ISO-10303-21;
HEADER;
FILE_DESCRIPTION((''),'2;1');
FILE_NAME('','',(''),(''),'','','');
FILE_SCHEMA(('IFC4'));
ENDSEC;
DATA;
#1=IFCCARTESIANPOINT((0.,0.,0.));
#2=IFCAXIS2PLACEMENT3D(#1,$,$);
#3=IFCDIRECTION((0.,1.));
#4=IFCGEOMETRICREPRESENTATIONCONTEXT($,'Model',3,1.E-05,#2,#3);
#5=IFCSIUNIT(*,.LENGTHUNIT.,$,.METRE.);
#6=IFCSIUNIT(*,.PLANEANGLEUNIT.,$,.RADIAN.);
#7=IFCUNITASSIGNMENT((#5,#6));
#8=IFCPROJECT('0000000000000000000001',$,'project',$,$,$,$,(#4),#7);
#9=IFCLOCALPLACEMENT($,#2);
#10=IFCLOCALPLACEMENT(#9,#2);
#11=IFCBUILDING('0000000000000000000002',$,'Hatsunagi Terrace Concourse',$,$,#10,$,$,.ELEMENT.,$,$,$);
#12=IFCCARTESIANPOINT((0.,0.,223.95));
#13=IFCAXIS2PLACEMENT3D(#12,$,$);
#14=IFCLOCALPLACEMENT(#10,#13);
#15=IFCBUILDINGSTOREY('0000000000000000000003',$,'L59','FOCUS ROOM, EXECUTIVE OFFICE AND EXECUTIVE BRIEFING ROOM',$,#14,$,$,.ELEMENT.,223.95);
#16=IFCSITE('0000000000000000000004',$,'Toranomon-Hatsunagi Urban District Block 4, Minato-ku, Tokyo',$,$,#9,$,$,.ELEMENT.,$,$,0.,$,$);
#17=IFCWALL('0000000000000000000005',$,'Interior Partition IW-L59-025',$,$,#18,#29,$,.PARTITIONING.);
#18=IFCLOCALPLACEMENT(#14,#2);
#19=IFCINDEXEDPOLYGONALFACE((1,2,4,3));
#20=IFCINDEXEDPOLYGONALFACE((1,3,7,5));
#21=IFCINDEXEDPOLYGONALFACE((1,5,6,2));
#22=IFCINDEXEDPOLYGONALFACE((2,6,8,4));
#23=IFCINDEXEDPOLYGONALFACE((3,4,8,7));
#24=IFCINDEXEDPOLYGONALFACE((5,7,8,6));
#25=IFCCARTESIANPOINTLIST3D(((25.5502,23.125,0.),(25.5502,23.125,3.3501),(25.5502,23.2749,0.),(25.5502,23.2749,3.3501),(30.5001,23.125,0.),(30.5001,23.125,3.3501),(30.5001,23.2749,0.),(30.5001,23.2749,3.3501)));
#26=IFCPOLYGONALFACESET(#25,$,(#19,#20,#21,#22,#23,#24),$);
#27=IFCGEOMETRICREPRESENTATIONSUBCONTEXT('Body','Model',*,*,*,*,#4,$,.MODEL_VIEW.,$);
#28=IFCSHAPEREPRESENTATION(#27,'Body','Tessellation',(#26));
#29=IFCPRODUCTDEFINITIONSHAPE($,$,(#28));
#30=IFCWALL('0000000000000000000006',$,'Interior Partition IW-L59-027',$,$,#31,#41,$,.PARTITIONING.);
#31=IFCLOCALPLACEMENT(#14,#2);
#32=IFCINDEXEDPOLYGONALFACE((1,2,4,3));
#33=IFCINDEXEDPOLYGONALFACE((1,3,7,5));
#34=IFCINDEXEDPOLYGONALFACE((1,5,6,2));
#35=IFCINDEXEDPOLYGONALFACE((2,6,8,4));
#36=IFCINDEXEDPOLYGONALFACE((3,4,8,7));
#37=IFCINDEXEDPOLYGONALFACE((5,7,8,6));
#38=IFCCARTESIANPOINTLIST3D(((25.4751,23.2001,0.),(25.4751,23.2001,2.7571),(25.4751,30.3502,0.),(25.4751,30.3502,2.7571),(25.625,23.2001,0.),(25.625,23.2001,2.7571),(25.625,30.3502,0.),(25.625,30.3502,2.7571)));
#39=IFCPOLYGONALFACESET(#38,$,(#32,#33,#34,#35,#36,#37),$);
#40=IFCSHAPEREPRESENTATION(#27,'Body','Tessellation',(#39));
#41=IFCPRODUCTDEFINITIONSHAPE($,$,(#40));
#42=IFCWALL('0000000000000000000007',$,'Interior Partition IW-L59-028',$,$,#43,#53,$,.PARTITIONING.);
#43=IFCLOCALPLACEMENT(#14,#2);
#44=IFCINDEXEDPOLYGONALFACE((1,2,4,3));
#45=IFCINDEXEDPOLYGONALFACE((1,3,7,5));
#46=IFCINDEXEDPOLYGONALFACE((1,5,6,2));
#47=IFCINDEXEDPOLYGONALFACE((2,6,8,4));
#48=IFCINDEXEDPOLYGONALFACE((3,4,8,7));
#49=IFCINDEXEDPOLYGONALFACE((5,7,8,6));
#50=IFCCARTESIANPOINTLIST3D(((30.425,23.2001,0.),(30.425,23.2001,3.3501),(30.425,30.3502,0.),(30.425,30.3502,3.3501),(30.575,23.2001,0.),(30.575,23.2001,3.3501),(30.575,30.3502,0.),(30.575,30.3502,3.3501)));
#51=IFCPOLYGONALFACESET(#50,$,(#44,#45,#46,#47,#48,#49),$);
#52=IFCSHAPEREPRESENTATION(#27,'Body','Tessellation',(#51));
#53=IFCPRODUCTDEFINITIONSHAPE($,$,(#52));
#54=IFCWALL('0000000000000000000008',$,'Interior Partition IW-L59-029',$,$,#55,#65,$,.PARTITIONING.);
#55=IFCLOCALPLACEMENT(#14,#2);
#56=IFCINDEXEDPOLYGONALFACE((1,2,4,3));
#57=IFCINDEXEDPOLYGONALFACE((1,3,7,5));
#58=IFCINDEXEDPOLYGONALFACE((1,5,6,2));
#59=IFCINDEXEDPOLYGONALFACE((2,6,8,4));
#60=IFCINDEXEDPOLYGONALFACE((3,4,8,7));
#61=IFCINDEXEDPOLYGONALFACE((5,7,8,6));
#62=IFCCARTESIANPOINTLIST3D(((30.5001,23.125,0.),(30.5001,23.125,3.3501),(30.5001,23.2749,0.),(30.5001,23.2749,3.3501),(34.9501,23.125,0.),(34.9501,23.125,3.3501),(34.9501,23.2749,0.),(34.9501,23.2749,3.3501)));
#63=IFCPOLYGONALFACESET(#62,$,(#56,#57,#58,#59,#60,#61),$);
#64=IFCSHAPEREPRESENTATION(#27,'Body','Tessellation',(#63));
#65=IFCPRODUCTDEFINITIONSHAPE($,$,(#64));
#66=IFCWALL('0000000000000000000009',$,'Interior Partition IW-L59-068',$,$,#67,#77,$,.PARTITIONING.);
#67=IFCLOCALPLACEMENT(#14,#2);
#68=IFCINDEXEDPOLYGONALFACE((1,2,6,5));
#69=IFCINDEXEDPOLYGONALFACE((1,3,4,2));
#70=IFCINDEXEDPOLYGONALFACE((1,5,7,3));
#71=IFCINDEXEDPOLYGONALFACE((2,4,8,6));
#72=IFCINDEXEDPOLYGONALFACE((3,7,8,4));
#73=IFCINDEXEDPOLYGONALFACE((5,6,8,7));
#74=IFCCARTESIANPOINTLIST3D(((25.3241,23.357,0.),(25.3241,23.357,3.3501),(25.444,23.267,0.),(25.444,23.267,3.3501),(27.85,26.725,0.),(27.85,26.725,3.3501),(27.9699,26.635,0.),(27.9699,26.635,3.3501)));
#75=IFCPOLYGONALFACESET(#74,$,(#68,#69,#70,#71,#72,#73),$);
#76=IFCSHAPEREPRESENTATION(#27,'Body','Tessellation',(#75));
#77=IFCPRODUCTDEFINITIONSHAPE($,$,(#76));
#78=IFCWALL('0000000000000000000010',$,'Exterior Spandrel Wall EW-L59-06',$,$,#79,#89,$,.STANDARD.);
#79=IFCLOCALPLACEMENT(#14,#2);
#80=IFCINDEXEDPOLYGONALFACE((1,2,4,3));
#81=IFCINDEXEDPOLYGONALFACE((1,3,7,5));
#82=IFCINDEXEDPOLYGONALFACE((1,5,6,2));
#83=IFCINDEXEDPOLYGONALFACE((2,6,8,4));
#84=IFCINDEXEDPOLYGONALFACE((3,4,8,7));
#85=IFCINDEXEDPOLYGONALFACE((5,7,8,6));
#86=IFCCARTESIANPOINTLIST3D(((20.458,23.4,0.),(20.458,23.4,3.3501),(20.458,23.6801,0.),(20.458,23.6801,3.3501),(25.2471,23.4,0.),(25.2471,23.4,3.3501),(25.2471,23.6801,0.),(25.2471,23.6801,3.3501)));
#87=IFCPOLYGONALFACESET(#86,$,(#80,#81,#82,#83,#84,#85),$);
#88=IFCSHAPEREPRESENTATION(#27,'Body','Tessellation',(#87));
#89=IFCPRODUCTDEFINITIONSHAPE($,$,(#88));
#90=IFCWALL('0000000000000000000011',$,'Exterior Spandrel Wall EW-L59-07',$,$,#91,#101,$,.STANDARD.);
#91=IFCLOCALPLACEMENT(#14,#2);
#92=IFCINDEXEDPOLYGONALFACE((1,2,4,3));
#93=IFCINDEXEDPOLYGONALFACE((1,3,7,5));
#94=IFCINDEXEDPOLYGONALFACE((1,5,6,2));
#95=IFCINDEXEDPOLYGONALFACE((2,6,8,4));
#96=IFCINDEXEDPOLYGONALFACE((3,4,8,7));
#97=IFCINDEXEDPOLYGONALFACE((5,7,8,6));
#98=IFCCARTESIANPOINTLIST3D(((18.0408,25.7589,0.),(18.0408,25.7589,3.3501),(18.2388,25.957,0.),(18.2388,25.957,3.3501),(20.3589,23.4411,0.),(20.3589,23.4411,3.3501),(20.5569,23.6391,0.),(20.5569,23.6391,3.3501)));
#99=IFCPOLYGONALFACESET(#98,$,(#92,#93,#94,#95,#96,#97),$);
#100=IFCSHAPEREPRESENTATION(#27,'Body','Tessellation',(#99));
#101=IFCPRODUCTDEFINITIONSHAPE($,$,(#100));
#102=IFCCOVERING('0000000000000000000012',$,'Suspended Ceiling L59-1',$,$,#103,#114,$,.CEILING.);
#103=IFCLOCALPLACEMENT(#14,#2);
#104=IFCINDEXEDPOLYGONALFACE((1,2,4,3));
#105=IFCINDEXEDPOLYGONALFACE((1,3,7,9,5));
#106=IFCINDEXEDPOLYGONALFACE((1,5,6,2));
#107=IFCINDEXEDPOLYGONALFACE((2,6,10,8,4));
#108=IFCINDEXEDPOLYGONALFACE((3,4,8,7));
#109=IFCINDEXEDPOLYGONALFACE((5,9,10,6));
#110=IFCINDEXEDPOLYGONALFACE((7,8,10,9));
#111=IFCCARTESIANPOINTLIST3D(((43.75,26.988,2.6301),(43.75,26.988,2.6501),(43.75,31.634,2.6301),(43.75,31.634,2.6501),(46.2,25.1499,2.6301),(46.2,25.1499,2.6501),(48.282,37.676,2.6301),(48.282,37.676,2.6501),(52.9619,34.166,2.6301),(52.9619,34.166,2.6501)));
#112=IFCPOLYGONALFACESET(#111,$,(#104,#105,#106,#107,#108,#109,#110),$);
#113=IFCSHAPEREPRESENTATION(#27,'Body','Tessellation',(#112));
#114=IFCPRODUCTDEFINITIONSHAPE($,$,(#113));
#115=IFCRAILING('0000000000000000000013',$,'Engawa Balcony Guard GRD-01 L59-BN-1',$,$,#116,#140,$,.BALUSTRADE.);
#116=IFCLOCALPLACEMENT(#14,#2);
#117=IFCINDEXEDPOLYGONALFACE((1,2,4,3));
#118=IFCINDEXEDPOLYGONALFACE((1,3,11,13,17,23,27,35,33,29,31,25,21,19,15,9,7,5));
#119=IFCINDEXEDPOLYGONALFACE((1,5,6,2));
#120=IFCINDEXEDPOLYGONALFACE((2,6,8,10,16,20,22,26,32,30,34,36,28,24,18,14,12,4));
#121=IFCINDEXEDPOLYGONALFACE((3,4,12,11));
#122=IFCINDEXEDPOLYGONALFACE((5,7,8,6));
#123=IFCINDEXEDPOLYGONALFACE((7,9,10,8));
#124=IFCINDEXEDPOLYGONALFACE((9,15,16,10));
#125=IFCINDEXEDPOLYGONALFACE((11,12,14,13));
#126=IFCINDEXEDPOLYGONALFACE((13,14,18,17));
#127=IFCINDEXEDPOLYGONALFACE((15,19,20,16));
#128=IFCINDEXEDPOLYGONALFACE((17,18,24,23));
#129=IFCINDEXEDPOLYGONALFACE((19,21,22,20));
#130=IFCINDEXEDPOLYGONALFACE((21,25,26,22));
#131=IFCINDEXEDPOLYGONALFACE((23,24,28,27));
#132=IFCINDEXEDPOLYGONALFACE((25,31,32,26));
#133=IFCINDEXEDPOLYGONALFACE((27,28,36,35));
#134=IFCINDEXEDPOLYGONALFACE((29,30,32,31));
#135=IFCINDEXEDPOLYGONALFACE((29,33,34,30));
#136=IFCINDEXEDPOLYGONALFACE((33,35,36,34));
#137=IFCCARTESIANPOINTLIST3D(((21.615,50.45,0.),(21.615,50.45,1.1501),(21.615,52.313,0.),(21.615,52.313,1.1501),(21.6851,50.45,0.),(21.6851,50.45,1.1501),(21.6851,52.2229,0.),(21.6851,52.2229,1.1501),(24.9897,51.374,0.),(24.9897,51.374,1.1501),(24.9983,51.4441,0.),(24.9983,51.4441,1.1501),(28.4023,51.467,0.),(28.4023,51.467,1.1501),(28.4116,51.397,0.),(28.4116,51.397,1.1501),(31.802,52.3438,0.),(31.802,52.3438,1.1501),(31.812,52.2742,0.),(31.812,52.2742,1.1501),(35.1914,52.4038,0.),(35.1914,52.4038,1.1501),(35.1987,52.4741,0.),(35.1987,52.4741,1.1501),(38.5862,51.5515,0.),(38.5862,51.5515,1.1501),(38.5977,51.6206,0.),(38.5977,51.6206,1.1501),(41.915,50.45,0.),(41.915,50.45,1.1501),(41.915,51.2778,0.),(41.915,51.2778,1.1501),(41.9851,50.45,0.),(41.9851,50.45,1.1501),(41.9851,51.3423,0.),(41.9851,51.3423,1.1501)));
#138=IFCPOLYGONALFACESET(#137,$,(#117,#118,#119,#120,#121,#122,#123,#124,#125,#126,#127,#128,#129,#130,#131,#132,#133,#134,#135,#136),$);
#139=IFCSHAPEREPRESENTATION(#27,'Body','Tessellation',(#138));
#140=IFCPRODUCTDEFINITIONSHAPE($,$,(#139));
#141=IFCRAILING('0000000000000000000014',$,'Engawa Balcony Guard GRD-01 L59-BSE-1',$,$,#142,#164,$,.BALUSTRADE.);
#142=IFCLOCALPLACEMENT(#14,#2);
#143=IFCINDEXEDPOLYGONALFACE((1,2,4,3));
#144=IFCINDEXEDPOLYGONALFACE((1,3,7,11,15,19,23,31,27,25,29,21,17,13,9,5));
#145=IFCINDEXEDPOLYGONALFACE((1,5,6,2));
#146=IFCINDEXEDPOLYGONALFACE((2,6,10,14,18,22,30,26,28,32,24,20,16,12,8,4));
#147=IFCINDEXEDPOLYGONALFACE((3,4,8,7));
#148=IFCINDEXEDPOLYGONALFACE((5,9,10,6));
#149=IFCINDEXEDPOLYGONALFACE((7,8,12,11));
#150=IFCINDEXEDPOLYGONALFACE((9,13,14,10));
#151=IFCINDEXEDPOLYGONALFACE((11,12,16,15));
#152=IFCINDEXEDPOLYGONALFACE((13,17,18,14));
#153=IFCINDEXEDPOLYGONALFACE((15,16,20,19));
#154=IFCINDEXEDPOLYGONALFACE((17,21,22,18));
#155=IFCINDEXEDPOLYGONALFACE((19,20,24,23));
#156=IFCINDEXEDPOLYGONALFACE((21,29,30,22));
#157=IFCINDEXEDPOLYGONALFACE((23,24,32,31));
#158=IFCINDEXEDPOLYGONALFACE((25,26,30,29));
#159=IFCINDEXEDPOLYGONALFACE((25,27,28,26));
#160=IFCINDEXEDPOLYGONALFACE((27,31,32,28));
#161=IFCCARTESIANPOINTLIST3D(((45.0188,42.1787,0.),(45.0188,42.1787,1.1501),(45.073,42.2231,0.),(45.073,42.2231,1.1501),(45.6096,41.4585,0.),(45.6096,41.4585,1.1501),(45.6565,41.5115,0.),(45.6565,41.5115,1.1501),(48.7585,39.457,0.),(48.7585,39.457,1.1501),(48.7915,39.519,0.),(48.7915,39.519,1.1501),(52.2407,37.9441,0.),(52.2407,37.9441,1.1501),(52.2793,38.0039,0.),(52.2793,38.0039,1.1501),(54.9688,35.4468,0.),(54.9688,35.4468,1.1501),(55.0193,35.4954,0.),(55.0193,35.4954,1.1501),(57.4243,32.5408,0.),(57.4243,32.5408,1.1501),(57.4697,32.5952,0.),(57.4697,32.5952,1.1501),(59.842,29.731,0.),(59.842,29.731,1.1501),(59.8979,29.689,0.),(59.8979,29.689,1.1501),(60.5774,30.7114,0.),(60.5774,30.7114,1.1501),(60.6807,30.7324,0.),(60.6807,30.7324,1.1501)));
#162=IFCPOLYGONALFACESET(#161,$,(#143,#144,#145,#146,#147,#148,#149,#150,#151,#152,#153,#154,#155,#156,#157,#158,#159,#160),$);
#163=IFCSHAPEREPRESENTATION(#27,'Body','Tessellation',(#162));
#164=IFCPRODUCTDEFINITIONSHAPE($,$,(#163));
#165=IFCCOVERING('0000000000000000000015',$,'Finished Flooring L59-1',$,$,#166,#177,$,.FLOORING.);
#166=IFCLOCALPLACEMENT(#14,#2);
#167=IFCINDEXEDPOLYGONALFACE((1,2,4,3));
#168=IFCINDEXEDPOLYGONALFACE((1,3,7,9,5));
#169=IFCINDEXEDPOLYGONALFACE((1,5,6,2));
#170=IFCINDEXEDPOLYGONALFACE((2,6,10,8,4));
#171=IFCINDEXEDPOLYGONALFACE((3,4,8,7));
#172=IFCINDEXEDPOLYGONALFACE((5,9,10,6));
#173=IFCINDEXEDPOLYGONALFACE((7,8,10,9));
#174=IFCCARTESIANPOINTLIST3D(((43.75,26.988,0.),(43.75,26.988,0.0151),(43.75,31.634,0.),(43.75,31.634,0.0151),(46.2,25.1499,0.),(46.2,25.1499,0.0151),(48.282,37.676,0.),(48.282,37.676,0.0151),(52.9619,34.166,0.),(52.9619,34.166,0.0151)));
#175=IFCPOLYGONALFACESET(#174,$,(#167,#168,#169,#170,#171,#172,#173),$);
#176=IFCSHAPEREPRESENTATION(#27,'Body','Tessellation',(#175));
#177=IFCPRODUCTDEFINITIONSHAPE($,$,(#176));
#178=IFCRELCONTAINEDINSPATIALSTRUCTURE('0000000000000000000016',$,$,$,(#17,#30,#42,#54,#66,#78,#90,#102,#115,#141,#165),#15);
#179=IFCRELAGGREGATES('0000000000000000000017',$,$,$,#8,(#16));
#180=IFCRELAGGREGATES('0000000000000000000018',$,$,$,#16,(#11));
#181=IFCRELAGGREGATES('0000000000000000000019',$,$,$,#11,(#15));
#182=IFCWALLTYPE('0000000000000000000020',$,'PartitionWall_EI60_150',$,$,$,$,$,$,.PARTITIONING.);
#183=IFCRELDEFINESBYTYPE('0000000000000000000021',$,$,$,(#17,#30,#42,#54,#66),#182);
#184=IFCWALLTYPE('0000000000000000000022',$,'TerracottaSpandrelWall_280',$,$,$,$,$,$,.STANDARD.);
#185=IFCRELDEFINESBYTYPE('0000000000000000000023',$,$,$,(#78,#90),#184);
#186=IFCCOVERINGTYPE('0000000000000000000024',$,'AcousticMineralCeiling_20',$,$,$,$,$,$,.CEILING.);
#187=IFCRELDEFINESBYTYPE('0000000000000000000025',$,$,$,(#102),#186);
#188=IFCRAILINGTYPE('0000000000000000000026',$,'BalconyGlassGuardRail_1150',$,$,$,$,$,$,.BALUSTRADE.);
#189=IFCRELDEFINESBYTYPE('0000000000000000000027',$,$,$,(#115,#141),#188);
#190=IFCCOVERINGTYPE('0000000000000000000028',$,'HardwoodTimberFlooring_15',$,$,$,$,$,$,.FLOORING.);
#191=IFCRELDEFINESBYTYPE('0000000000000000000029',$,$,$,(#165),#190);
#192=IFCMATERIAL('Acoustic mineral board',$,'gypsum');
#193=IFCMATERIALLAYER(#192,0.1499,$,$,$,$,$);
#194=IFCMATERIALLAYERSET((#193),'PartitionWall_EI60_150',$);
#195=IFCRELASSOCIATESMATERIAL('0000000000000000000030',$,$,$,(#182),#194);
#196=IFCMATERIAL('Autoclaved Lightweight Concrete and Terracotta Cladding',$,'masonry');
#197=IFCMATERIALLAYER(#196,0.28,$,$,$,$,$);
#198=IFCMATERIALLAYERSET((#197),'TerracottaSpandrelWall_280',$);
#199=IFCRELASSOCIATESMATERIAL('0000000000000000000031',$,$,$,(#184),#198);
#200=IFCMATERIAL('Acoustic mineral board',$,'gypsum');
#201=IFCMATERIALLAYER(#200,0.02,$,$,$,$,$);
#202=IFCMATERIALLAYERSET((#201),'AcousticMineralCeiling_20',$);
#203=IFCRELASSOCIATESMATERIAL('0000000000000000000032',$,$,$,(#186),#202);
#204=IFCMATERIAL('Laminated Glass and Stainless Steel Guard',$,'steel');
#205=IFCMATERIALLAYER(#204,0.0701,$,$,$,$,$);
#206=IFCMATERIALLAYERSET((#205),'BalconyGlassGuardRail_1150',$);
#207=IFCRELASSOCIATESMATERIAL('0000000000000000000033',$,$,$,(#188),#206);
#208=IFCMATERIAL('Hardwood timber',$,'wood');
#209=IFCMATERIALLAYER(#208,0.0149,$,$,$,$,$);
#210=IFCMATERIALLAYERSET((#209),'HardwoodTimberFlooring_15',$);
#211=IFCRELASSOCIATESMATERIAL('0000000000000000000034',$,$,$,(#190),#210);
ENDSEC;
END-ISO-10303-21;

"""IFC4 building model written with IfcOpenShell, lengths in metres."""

from ifc_helpers import new_model, si_unit, direction, frame, frame_2d, origin, place, context, subcontext, project, spatial, polyline, rectangle, outline, extrude, material, layer, layer_set, type_object, element, save


model = new_model("IFC4")

# Units and contexts
model_context = context("Model", 3, precision=1e-05, world=origin(), true_north=direction((0.0, 1.0)))
body_context = subcontext(model_context, "Body", "Model", "MODEL_VIEW")
ifc_project = project(units=[si_unit("LENGTHUNIT", "METRE"), si_unit("PLANEANGLEUNIT", "RADIAN")], contexts=[model_context])

# Site, building, storey
site_placement = place(None, origin())
site = spatial("IfcSite", under=ifc_project, at=site_placement, Name="Toranomon-Hatsunagi Urban District Block 4, Minato-ku, Tokyo", CompositionType="ELEMENT", RefElevation=0.0)
building_placement = place(site_placement, origin())
building = spatial("IfcBuilding", under=site, at=building_placement, Name="Hatsunagi Terrace Concourse", CompositionType="ELEMENT")
storey_placement = place(building_placement, frame((0.0, 0.0, 223.95)))
storey = spatial("IfcBuildingStorey", under=building, at=storey_placement, Name="L59", Description="FOCUS ROOM, EXECUTIVE OFFICE AND EXECUTIVE BRIEFING ROOM", CompositionType="ELEMENT", Elevation=223.95)

# Walls
ifc_material_1 = material(Name="Acoustic mineral board", Category="gypsum")
ifc_layer_1 = layer(ifc_material_1, 0.1499)
ifc_layer_set_1 = layer_set([ifc_layer_1], Name="PartitionWall_EI60_150")
wall_type_1 = type_object("IfcWallType", Name="PartitionWall_EI60_150", PredefinedType="PARTITIONING", material=ifc_layer_set_1)
wall_1_placement = place(storey_placement, frame((25.55, 23.2, 0.0), z_axis=(0.0, 0.0, 1.0), x_axis=(1.0, 0.0, 0.0)))
element("IfcWall", 1, at=wall_1_placement, inside=storey, type_object=wall_type_1, Name="Interior Partition IW-L59-025", PredefinedType="PARTITIONING", context=body_context, shape_type="SweptSolid", body=[
    extrude(rectangle(XDim=4.95, YDim=0.1499, at=frame_2d((2.4751, 0.0))), origin(), (0.0, 0.0, 1.0), 3.3501),
])
wall_2_placement = place(storey_placement, frame((25.55, 23.2, 0.0), z_axis=(0.0, 0.0, 1.0), x_axis=(0.0, 1.0, 0.0)))
element("IfcWall", 2, at=wall_2_placement, inside=storey, type_object=wall_type_1, Name="Interior Partition IW-L59-027", PredefinedType="PARTITIONING", context=body_context, shape_type="SweptSolid", body=[
    extrude(rectangle(XDim=7.1501, YDim=0.1499, at=frame_2d((3.5752, 0.0))), origin(), (0.0, 0.0, 1.0), 2.7571),
])
wall_3_placement = place(storey_placement, frame((30.5, 23.2, 0.0), z_axis=(0.0, 0.0, 1.0), x_axis=(0.0, 1.0, 0.0)))
element("IfcWall", 3, at=wall_3_placement, inside=storey, type_object=wall_type_1, Name="Interior Partition IW-L59-028", PredefinedType="PARTITIONING", context=body_context, shape_type="SweptSolid", body=[
    extrude(rectangle(XDim=7.1501, YDim=0.1499, at=frame_2d((3.5752, 0.0))), origin(), (0.0, 0.0, 1.0), 3.3501),
])
wall_4_placement = place(storey_placement, frame((30.5, 23.2, 0.0), z_axis=(0.0, 0.0, 1.0), x_axis=(1.0, 0.0, 0.0)))
element("IfcWall", 4, at=wall_4_placement, inside=storey, type_object=wall_type_1, Name="Interior Partition IW-L59-029", PredefinedType="PARTITIONING", context=body_context, shape_type="SweptSolid", body=[
    extrude(rectangle(XDim=4.45, YDim=0.1499, at=frame_2d((2.2251, 0.0))), origin(), (0.0, 0.0, 1.0), 3.3501),
])

# Walls
wall_5_placement = place(storey_placement, frame((25.384, 23.312, 0.0), z_axis=(0.0, 0.0, 1.0), x_axis=(0.599991, 0.800007, 0.0)))
element("IfcWall", 5, at=wall_5_placement, inside=storey, type_object=wall_type_1, Name="Interior Partition IW-L59-068", PredefinedType="PARTITIONING", context=body_context, shape_type="SweptSolid", body=[
    extrude(rectangle(XDim=4.21, YDim=0.1499, at=frame_2d((2.105, 0.0))), origin(), (0.0, 0.0, 1.0), 3.3501),
])
ifc_material_2 = material(Name="Autoclaved Lightweight Concrete and Terracotta Cladding", Category="masonry")
ifc_layer_2 = layer(ifc_material_2, 0.28)
ifc_layer_set_2 = layer_set([ifc_layer_2], Name="TerracottaSpandrelWall_280")
wall_type_2 = type_object("IfcWallType", Name="TerracottaSpandrelWall_280", PredefinedType="STANDARD", material=ifc_layer_set_2)
wall_6_placement = place(storey_placement, frame((25.2471, 23.54, 0.0), z_axis=(0.0, 0.0, 1.0), x_axis=(-1.0, 0.0, 0.0)))
element("IfcWall", 6, at=wall_6_placement, inside=storey, type_object=wall_type_2, Name="Exterior Spandrel Wall EW-L59-06", PredefinedType="STANDARD", context=body_context, shape_type="SweptSolid", body=[
    extrude(rectangle(XDim=4.7891, YDim=0.28, at=frame_2d((2.3945, 0.0))), origin(), (0.0, 0.0, 1.0), 3.3501),
])
wall_7_placement = place(storey_placement, frame((20.458, 23.54, 0.0), z_axis=(0.0, 0.0, 1.0), x_axis=(-0.707144, 0.70707, 0.0)))
element("IfcWall", 7, at=wall_7_placement, inside=storey, type_object=wall_type_2, Name="Exterior Spandrel Wall EW-L59-07", PredefinedType="STANDARD", context=body_context, shape_type="SweptSolid", body=[
    extrude(rectangle(XDim=3.2781, YDim=0.28, at=frame_2d((1.6392, 0.0))), origin(), (0.0, 0.0, 1.0), 3.3501),
])

# Covering
ifc_material_3 = material(Name="Acoustic mineral board", Category="gypsum")
ifc_layer_3 = layer(ifc_material_3, 0.02)
ifc_layer_set_3 = layer_set([ifc_layer_3], Name="AcousticMineralCeiling_20")
covering_type_1 = type_object("IfcCoveringType", Name="AcousticMineralCeiling_20", PredefinedType="CEILING", material=ifc_layer_set_3)
covering_1_placement = place(storey_placement, frame((0.0, 0.0, 2.6301)))
element("IfcCovering", 8, at=covering_1_placement, inside=storey, type_object=covering_type_1, Name="Suspended Ceiling L59-1", PredefinedType="CEILING", context=body_context, shape_type="SweptSolid", body=[
    extrude(outline(polyline([(48.282, 37.676), (43.75, 31.634), (43.75, 26.988), (46.2, 25.1499), (52.9619, 34.166), (48.282, 37.676)])), origin(), (0.0, 0.0, 1.0), 0.02),
])

# Railings
ifc_material_4 = material(Name="Laminated Glass and Stainless Steel Guard", Category="steel")
ifc_layer_4 = layer(ifc_material_4, 0.0701)
ifc_layer_set_4 = layer_set([ifc_layer_4], Name="BalconyGlassGuardRail_1150")
railing_type = type_object("IfcRailingType", Name="BalconyGlassGuardRail_1150", PredefinedType="BALUSTRADE", material=ifc_layer_set_4)
railing_1_placement = place(storey_placement, origin())
element("IfcRailing", 9, at=railing_1_placement, inside=storey, type_object=railing_type, Name="Engawa Balcony Guard GRD-01 L59-BN-1", PredefinedType="BALUSTRADE", context=body_context, shape_type="SweptSolid", body=[
    extrude(outline(polyline([(21.615, 50.45), (21.6851, 50.45), (21.6851, 52.2229), (24.9897, 51.374), (28.4116, 51.397), (31.812, 52.2742), (35.1914, 52.4038), (38.5862, 51.5515), (41.915, 51.2778), (41.915, 50.45), (41.9851, 50.45), (41.9851, 51.3423), (38.5977, 51.6206), (35.1987, 52.4741), (31.802, 52.3438), (28.4023, 51.467), (24.9983, 51.4441), (21.615, 52.313), (21.615, 50.45)])), origin(), (0.0, 0.0, 1.0), 1.1501),
])
railing_2_placement = place(storey_placement, origin())
element("IfcRailing", 10, at=railing_2_placement, inside=storey, type_object=railing_type, Name="Engawa Balcony Guard GRD-01 L59-BSE-1", PredefinedType="BALUSTRADE", context=body_context, shape_type="SweptSolid", body=[
    extrude(outline(polyline([(45.073, 42.2231), (45.0188, 42.1787), (45.6096, 41.4585), (48.7585, 39.457), (52.2407, 37.9441), (54.9688, 35.4468), (57.4243, 32.5408), (60.5774, 30.7114), (59.842, 29.731), (59.8979, 29.689), (60.6807, 30.7324), (57.4697, 32.5952), (55.0193, 35.4954), (52.2793, 38.0039), (48.7915, 39.519), (45.6565, 41.5115), (45.073, 42.2231)])), origin(), (0.0, 0.0, 1.0), 1.1501),
])

# Covering
ifc_material_5 = material(Name="Hardwood timber", Category="wood")
ifc_layer_5 = layer(ifc_material_5, 0.0149)
ifc_layer_set_5 = layer_set([ifc_layer_5], Name="HardwoodTimberFlooring_15")
covering_type_2 = type_object("IfcCoveringType", Name="HardwoodTimberFlooring_15", PredefinedType="FLOORING", material=ifc_layer_set_5)
covering_2_placement = place(storey_placement, origin())
element("IfcCovering", 11, at=covering_2_placement, inside=storey, type_object=covering_type_2, Name="Finished Flooring L59-1", PredefinedType="FLOORING", context=body_context, shape_type="SweptSolid", body=[
    extrude(outline(polyline([(48.282, 37.676), (43.75, 31.634), (43.75, 26.988), (46.2, 25.1499), (52.9619, 34.166), (48.282, 37.676)])), origin(), (0.0, 0.0, 1.0), 0.0151),
])

save(model, "model.ifc")
